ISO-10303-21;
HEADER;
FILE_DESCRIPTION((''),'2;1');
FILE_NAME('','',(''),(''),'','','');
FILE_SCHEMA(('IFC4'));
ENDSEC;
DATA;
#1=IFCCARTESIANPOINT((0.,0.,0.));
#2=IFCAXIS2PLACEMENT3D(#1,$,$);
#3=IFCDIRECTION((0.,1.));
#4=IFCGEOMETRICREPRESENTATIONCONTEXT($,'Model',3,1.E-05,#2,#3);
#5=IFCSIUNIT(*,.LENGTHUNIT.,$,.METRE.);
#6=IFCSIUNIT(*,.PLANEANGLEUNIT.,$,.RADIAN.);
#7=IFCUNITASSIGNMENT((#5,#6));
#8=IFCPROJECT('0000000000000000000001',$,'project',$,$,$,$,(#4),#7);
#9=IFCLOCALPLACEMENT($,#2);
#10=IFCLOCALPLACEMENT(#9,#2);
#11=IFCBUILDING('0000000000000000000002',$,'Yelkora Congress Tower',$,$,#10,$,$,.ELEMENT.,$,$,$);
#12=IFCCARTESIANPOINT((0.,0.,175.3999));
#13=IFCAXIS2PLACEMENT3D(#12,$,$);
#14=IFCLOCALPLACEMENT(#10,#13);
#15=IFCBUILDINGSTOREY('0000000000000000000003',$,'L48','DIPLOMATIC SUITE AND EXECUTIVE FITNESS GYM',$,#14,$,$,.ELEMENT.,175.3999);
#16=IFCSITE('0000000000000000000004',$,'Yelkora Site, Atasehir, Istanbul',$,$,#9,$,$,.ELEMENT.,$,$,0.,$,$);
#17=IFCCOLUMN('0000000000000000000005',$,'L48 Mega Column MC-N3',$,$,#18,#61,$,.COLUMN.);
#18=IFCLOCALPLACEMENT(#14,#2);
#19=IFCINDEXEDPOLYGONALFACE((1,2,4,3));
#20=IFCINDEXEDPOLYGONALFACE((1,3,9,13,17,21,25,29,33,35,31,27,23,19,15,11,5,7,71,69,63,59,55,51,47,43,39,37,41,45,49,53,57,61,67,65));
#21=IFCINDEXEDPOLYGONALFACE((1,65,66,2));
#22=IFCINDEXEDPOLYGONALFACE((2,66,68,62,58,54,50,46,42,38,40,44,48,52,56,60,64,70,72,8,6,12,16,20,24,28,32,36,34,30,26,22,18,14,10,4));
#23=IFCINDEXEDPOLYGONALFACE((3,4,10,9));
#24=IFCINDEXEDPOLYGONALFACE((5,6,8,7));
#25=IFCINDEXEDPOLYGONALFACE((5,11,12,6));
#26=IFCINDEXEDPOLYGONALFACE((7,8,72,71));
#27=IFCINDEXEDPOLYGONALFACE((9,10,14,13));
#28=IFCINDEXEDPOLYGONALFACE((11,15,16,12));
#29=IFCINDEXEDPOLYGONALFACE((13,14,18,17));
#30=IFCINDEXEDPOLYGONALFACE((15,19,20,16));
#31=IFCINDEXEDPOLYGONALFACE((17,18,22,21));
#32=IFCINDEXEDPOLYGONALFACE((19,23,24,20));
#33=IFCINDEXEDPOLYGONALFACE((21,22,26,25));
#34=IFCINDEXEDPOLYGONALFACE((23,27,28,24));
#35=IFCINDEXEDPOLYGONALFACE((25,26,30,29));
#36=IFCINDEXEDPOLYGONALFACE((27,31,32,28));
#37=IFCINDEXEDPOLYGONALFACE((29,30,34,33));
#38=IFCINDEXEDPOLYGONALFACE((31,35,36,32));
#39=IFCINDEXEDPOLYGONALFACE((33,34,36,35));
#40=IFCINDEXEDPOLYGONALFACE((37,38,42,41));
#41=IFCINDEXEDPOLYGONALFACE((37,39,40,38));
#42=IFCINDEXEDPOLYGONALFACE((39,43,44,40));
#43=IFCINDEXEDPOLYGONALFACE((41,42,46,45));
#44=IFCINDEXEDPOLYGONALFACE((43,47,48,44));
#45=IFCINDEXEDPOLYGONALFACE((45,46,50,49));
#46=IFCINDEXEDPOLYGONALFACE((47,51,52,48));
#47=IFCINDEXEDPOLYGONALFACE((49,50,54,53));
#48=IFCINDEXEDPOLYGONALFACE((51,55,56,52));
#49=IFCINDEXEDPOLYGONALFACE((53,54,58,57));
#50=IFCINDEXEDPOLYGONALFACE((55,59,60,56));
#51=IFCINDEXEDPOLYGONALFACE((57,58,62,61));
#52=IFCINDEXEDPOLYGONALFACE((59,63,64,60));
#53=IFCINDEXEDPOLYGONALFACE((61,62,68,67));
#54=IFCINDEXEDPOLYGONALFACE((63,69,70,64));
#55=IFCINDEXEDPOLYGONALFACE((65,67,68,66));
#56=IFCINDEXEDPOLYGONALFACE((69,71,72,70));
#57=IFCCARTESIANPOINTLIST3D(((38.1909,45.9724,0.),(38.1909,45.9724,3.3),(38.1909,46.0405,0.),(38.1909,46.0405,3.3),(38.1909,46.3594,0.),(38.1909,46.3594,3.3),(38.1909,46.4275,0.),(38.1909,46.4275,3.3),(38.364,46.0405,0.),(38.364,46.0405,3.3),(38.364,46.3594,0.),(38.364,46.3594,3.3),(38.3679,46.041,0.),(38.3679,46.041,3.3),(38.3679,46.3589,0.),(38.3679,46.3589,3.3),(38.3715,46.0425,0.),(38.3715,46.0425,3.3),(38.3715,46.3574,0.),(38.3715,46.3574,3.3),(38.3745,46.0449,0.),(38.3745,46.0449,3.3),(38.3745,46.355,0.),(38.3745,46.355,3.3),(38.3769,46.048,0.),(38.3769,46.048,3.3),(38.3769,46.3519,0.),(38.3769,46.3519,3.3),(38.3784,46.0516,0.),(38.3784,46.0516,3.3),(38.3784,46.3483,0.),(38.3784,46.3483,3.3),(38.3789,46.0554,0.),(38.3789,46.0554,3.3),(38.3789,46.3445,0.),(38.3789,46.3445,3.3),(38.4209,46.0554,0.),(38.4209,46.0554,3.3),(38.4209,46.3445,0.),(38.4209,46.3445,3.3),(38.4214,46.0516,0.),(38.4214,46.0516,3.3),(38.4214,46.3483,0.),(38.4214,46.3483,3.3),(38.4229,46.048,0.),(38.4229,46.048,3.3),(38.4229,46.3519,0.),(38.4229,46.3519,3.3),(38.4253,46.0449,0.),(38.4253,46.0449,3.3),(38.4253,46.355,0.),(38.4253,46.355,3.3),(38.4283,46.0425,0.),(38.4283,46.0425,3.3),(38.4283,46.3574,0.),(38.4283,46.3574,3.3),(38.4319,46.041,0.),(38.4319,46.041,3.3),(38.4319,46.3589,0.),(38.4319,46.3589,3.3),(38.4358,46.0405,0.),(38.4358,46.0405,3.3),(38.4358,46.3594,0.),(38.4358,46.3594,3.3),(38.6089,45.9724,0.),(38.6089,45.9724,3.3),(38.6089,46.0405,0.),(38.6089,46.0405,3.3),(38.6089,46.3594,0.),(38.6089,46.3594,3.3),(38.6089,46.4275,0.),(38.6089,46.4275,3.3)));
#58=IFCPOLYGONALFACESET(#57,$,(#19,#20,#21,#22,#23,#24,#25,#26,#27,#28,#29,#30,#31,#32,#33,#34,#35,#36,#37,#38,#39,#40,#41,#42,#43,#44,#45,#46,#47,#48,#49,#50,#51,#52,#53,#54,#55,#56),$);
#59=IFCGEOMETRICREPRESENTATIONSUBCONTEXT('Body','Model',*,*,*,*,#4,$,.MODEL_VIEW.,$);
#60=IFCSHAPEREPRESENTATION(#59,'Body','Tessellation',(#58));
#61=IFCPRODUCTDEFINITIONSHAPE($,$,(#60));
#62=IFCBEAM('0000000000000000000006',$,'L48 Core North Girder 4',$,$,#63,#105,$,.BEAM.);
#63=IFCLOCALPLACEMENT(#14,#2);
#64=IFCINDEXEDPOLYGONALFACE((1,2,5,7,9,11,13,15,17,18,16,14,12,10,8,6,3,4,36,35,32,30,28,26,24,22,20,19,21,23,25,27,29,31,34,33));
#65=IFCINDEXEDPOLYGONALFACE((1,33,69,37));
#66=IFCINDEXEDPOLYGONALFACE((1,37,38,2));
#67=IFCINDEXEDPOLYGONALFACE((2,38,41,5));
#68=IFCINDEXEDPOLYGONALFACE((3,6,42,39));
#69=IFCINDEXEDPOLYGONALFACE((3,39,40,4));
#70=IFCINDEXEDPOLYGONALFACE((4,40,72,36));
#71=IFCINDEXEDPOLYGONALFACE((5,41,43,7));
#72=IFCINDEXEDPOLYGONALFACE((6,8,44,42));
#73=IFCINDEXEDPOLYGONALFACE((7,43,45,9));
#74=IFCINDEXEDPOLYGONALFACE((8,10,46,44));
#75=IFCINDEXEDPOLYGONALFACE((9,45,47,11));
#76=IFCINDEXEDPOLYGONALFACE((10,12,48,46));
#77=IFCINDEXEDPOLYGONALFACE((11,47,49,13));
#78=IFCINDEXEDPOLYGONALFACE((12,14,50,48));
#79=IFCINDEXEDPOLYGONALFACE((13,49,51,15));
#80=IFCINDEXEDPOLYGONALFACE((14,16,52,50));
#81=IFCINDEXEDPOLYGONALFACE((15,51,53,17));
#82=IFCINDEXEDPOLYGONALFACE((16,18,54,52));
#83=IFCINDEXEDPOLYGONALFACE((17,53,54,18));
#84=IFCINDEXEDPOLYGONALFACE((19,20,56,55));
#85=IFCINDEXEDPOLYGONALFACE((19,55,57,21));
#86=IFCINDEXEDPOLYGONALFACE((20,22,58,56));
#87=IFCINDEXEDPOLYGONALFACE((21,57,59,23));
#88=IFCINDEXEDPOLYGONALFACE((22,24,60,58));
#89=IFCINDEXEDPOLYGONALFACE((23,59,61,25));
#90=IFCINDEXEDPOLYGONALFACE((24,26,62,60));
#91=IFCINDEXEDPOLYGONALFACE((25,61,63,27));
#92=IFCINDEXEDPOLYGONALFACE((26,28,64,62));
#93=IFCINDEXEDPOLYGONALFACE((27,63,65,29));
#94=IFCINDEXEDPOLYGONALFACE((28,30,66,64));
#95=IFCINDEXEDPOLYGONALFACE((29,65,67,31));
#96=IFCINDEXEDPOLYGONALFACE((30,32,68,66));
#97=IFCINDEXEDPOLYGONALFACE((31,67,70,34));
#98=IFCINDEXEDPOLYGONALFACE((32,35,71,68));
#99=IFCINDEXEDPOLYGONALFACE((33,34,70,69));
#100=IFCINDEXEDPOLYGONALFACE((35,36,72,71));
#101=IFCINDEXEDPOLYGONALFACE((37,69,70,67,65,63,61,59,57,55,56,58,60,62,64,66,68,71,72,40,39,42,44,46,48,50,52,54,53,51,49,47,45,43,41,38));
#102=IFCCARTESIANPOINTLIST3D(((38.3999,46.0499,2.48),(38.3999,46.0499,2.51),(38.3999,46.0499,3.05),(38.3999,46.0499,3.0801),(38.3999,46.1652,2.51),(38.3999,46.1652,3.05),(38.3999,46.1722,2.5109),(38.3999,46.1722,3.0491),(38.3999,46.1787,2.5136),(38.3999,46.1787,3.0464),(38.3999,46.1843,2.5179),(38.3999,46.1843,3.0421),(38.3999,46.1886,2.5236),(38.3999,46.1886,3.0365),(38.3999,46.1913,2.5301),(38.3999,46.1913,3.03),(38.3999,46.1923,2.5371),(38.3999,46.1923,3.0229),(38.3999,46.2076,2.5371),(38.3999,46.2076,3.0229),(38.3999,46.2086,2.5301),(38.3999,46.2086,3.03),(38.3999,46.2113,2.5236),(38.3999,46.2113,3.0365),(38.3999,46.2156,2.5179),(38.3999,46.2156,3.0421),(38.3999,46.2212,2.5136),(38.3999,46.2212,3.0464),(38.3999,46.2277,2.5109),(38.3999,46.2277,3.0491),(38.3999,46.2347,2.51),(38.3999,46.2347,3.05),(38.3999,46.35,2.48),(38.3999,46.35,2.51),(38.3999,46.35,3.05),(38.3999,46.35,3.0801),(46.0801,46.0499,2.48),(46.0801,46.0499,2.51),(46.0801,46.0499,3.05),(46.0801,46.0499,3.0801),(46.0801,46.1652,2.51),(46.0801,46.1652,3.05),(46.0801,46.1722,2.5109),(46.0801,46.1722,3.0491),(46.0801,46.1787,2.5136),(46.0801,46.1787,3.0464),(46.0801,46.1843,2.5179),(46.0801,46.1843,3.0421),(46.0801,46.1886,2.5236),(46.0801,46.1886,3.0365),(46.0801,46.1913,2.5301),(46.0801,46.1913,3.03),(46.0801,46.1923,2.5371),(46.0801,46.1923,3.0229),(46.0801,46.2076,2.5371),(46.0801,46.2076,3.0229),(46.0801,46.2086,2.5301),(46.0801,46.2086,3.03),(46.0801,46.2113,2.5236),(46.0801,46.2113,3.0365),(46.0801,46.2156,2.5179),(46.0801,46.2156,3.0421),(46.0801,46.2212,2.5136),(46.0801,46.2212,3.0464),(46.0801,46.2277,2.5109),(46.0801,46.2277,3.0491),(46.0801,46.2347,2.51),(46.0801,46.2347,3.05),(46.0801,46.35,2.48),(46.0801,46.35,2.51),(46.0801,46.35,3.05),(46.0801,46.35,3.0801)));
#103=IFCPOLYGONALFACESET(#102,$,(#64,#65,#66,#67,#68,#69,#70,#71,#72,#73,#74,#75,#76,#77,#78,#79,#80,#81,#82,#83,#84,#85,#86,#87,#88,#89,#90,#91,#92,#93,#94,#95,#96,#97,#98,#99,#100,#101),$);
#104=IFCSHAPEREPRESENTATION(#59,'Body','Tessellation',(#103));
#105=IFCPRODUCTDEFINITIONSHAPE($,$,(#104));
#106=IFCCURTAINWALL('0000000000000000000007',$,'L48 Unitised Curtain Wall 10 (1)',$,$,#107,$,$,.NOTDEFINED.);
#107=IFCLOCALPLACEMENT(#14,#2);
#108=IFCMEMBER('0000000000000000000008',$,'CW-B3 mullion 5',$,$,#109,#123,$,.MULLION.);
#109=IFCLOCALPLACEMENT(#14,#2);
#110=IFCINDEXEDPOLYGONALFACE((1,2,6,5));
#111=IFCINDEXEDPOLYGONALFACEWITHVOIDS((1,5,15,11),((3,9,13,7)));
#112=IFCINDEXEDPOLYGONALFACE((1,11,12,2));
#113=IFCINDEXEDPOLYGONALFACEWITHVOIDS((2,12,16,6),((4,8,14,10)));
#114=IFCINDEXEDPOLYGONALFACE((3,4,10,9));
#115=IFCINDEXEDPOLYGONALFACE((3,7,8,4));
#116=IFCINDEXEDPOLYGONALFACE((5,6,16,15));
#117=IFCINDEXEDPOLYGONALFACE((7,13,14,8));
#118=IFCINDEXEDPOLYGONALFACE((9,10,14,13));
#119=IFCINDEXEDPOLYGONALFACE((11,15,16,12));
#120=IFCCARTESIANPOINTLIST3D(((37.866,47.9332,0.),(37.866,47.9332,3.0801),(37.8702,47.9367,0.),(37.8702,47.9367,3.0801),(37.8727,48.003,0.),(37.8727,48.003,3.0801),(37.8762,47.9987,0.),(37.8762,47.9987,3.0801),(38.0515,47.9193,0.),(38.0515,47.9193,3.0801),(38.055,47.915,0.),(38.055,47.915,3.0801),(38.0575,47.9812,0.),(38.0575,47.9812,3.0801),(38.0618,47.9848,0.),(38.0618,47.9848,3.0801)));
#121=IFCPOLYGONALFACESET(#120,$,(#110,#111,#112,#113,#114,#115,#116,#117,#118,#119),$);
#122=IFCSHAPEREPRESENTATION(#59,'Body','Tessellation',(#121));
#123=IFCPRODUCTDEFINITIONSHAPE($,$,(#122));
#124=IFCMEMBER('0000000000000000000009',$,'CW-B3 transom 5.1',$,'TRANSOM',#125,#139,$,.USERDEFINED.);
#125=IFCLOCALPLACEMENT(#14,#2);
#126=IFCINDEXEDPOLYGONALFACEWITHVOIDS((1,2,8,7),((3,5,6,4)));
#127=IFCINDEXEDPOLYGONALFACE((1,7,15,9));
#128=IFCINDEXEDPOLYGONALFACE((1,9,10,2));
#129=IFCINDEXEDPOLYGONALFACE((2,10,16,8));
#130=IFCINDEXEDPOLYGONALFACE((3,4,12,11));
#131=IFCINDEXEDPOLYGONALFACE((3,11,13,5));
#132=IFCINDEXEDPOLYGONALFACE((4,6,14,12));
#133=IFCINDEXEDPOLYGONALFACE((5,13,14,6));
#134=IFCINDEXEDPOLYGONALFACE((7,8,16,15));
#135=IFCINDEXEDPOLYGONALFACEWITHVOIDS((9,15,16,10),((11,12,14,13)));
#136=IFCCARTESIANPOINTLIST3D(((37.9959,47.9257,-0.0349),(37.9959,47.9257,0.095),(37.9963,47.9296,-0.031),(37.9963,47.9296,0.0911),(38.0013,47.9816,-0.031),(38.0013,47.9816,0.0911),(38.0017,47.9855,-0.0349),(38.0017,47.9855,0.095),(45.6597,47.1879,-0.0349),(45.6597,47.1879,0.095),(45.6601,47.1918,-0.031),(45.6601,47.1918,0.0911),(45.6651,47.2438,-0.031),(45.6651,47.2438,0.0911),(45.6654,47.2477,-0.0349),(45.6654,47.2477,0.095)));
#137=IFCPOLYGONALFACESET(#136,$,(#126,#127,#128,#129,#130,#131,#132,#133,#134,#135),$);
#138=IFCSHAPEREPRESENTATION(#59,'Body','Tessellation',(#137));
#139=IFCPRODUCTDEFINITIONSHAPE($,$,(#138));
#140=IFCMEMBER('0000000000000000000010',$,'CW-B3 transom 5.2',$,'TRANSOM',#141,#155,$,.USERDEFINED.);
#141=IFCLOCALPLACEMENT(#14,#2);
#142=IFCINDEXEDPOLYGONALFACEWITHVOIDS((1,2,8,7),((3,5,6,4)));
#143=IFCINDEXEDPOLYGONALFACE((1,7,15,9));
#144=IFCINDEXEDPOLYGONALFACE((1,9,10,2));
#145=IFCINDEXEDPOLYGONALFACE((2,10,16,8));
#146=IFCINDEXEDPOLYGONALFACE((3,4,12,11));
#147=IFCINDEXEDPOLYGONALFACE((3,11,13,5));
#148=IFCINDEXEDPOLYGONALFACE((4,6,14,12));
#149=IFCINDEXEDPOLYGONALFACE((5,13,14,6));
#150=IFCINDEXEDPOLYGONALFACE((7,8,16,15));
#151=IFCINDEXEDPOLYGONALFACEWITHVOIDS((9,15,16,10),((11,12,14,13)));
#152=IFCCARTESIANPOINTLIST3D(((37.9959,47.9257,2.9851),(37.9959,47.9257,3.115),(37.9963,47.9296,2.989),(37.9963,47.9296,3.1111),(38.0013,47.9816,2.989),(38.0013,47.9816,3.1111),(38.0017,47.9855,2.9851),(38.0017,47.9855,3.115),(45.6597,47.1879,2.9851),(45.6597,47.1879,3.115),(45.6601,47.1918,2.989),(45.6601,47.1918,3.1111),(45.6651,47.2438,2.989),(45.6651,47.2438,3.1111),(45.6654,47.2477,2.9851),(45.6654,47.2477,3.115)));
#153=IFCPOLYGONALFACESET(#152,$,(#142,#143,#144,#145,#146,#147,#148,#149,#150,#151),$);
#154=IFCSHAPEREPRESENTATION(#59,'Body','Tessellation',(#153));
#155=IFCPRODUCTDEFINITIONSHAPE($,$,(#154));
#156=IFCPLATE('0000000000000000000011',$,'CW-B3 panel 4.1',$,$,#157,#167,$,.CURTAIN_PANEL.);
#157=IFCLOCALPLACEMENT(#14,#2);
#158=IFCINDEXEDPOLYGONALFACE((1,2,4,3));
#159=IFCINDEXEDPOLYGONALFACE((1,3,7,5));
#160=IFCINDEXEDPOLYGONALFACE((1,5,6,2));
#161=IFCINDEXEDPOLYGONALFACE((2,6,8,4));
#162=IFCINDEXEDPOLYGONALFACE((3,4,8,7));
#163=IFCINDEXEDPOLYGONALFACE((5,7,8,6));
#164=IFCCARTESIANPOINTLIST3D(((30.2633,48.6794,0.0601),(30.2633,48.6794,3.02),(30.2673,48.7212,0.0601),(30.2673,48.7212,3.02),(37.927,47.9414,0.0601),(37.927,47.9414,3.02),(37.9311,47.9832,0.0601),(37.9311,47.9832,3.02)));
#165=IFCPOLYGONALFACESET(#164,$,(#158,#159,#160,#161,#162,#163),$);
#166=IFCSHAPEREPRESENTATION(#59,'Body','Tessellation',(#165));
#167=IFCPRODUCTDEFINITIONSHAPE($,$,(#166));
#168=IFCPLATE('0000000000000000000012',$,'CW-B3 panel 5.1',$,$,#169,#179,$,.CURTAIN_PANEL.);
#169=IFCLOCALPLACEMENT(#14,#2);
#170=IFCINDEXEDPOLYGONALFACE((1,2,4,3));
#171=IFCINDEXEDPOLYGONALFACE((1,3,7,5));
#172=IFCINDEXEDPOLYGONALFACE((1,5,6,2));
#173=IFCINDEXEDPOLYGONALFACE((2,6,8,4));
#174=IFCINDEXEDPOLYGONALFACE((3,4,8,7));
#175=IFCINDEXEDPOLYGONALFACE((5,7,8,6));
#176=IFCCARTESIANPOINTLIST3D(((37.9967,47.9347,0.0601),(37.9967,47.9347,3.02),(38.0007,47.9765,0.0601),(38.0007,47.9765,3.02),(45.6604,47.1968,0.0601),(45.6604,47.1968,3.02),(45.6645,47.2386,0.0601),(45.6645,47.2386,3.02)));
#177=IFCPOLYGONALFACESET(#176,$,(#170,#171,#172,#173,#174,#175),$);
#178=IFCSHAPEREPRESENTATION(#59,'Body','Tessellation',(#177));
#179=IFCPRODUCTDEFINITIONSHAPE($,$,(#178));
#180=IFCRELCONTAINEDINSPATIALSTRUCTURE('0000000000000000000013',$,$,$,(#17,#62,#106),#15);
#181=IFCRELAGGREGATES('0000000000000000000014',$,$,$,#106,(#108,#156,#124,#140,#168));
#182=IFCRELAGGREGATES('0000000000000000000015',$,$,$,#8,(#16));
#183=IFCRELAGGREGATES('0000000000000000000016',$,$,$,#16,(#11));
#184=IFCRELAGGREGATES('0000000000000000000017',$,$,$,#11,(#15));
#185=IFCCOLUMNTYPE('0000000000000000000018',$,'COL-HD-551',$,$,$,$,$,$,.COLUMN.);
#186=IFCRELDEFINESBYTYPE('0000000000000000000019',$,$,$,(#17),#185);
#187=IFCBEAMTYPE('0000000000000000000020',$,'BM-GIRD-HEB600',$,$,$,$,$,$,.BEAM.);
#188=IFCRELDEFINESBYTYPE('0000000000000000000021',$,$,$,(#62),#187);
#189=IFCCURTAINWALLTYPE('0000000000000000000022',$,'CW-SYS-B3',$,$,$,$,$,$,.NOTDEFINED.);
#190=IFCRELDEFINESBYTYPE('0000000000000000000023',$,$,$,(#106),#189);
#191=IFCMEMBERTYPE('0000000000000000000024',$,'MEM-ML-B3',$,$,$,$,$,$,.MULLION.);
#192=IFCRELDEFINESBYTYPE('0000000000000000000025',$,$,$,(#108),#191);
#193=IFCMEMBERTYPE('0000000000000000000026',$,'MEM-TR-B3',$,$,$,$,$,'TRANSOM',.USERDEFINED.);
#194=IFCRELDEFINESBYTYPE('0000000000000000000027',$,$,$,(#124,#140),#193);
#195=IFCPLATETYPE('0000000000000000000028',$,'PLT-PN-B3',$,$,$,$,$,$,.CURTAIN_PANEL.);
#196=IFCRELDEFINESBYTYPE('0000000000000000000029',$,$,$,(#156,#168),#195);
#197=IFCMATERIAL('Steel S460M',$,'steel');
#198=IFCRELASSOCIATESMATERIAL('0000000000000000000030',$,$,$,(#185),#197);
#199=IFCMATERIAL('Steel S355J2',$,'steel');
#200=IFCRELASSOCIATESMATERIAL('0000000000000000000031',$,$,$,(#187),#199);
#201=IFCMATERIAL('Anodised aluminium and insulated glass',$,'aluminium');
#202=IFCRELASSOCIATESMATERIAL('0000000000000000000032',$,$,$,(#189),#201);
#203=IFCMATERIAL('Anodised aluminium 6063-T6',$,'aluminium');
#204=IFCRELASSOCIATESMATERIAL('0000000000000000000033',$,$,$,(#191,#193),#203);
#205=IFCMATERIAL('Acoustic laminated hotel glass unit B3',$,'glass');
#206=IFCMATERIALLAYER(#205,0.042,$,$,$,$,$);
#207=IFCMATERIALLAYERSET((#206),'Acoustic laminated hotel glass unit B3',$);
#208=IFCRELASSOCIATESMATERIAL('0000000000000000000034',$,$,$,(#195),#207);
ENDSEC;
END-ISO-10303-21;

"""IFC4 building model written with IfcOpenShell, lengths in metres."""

from ifc_helpers import new_model, si_unit, direction, frame, origin, origin_2d, place, context, subcontext, project, spatial, rectangle, hollow_rectangle, i_section, extrude, material, layer, layer_set, material_profile, profile_set, type_object, element, aggregate, save


model = new_model("IFC4")

# Units and contexts
model_context = context("Model", 3, precision=1e-05, world=origin(), true_north=direction((0.0, 1.0)))
body_context = subcontext(model_context, "Body", "Model", "MODEL_VIEW")
ifc_project = project(units=[si_unit("LENGTHUNIT", "METRE"), si_unit("PLANEANGLEUNIT", "RADIAN")], contexts=[model_context])

# Site, building, storey
site_placement = place(None, origin())
site = spatial("IfcSite", under=ifc_project, at=site_placement, Name="Yelkora Site, Atasehir, Istanbul", CompositionType="ELEMENT", RefElevation=0.0)
building_placement = place(site_placement, origin())
building = spatial("IfcBuilding", under=site, at=building_placement, Name="Yelkora Congress Tower", CompositionType="ELEMENT")
storey_placement = place(building_placement, frame((0.0, 0.0, 175.3999)))
storey = spatial("IfcBuildingStorey", under=building, at=storey_placement, Name="L48", Description="DIPLOMATIC SUITE AND EXECUTIVE FITNESS GYM", CompositionType="ELEMENT", Elevation=175.3999)

# Column
ifc_material_1 = material(Name="Steel S460M", Category="steel")
ifc_material_profile_1 = material_profile(ifc_material_1, i_section(OverallWidth=0.418, OverallDepth=0.4551, WebThickness=0.042, FlangeThickness=0.0681, FilletRadius=0.0149, at=origin_2d()), Name="HD 400x551")
ifc_profile_set_1 = profile_set([ifc_material_profile_1], Name="Steel S460M")
column_type = type_object("IfcColumnType", Name="COL-HD-551", PredefinedType="COLUMN", material=ifc_profile_set_1)
column_placement = place(storey_placement, frame((38.3999, 46.2, 0.0), z_axis=(0.0, 0.0, 1.0), x_axis=(1.0, 0.0, 0.0)))
element("IfcColumn", 1, at=column_placement, inside=storey, type_object=column_type, Name="L48 Mega Column MC-N3", PredefinedType="COLUMN", context=body_context, shape_type="SweptSolid", body=[
    extrude(i_section(OverallWidth=0.418, OverallDepth=0.4551, WebThickness=0.042, FlangeThickness=0.0681, FilletRadius=0.0149, at=origin_2d()), origin(), (0.0, 0.0, 1.0), 3.3),
])

# Beam
ifc_material_2 = material(Name="Steel S355J2", Category="steel")
ifc_material_profile_2 = material_profile(ifc_material_2, i_section(OverallWidth=0.3, OverallDepth=0.6001, WebThickness=0.0154, FlangeThickness=0.03, FilletRadius=0.0271, at=origin_2d()), Name="HEB 600")
ifc_profile_set_2 = profile_set([ifc_material_profile_2], Name="Steel S355J2")
beam_type = type_object("IfcBeamType", Name="BM-GIRD-HEB600", PredefinedType="BEAM", material=ifc_profile_set_2)
beam_placement = place(storey_placement, frame((38.3999, 46.2, 2.78), z_axis=(1.0, 0.0, 0.0), x_axis=(0.0, 1.0, 0.0)))
element("IfcBeam", 2, at=beam_placement, inside=storey, type_object=beam_type, Name="L48 Core North Girder 4", PredefinedType="BEAM", context=body_context, shape_type="SweptSolid", body=[
    extrude(i_section(OverallWidth=0.3, OverallDepth=0.6001, WebThickness=0.0154, FlangeThickness=0.03, FilletRadius=0.0271, at=origin_2d()), origin(), (0.0, 0.0, 1.0), 7.6802),
])

# Curtain wall, members, plates
ifc_material_3 = material(Name="Anodised aluminium and insulated glass", Category="aluminium")
curtain_wall_type = type_object("IfcCurtainWallType", Name="CW-SYS-B3", PredefinedType="NOTDEFINED", material=ifc_material_3)
curtain_wall_placement = place(storey_placement, origin())
curtain_wall = element("IfcCurtainWall", 3, at=curtain_wall_placement, inside=storey, type_object=curtain_wall_type, Name="L48 Unitised Curtain Wall 10 (1)", PredefinedType="NOTDEFINED")
ifc_material_4 = material(Name="Anodised aluminium 6063-T6", Category="aluminium")
ifc_material_profile_3 = material_profile(ifc_material_4, hollow_rectangle(XDim=0.0701, YDim=0.1899, WallThickness=0.0039, at=origin_2d()), Name="ALU 70x190x4")
ifc_profile_set_3 = profile_set([ifc_material_profile_3], Name="Anodised aluminium 6063-T6")
member_type_1 = type_object("IfcMemberType", Name="MEM-ML-B3", PredefinedType="MULLION", material=ifc_profile_set_3)
member_1_placement = place(storey_placement, frame((37.9639, 47.959, 0.0), z_axis=(0.0, 0.0, 1.0), x_axis=(0.095845, 0.995396, 0.0)))
member_1 = element("IfcMember", 4, at=member_1_placement, type_object=member_type_1, Name="CW-B3 mullion 5", PredefinedType="MULLION", context=body_context, shape_type="SweptSolid", body=[
    extrude(hollow_rectangle(XDim=0.0701, YDim=0.1899, WallThickness=0.0039, at=origin_2d()), origin(), (0.0, 0.0, 1.0), 3.0801),
])
ifc_material_profile_4 = material_profile(ifc_material_4, hollow_rectangle(XDim=0.0601, YDim=0.1299, WallThickness=0.0039, at=origin_2d()), Name="ALU 60x130x4")
ifc_profile_set_4 = profile_set([ifc_material_profile_4], Name="Anodised aluminium 6063-T6")
member_type_2 = type_object("IfcMemberType", Name="MEM-TR-B3", ElementType="TRANSOM", PredefinedType="USERDEFINED", material=ifc_profile_set_4)
member_2_placement = place(storey_placement, frame((37.9988, 47.9556, 0.03), z_axis=(0.995398, -0.095827, 0.0), x_axis=(0.095827, 0.995398, 0.0)))
member_2 = element("IfcMember", 5, at=member_2_placement, type_object=member_type_2, Name="CW-B3 transom 5.1", ObjectType="TRANSOM", PredefinedType="USERDEFINED", context=body_context, shape_type="SweptSolid", body=[
    extrude(hollow_rectangle(XDim=0.0601, YDim=0.1299, WallThickness=0.0039, at=origin_2d()), origin(), (0.0, 0.0, 1.0), 7.6992),
])
member_3_placement = place(storey_placement, frame((37.9988, 47.9556, 3.05), z_axis=(0.995398, -0.095827, 0.0), x_axis=(0.095827, 0.995398, 0.0)))
member_3 = element("IfcMember", 6, at=member_3_placement, type_object=member_type_2, Name="CW-B3 transom 5.2", ObjectType="TRANSOM", PredefinedType="USERDEFINED", context=body_context, shape_type="SweptSolid", body=[
    extrude(hollow_rectangle(XDim=0.0601, YDim=0.1299, WallThickness=0.0039, at=origin_2d()), origin(), (0.0, 0.0, 1.0), 7.6992),
])
ifc_material_5 = material(Name="Acoustic laminated hotel glass unit B3", Category="glass")
ifc_layer_1 = layer(ifc_material_5, 0.042)
ifc_layer_set_1 = layer_set([ifc_layer_1], Name="Acoustic laminated hotel glass unit B3")
plate_type = type_object("IfcPlateType", Name="PLT-PN-B3", PredefinedType="CURTAIN_PANEL", material=ifc_layer_set_1)
plate_1_placement = place(storey_placement, frame((34.0972, 48.3313, 0.0601), z_axis=(0.0, 0.0, 1.0), x_axis=(0.995396, -0.095845, 0.0)))
plate_1 = element("IfcPlate", 7, at=plate_1_placement, type_object=plate_type, Name="CW-B3 panel 4.1", PredefinedType="CURTAIN_PANEL", context=body_context, shape_type="SweptSolid", body=[
    extrude(rectangle(XDim=7.6992, YDim=0.042, at=origin_2d()), origin(), (0.0, 0.0, 1.0), 2.96),
])
plate_2_placement = place(storey_placement, frame((41.8306, 47.5867, 0.0601), z_axis=(0.0, 0.0, 1.0), x_axis=(0.995396, -0.095845, 0.0)))
plate_2 = element("IfcPlate", 8, at=plate_2_placement, type_object=plate_type, Name="CW-B3 panel 5.1", PredefinedType="CURTAIN_PANEL", context=body_context, shape_type="SweptSolid", body=[
    extrude(rectangle(XDim=7.6992, YDim=0.042, at=origin_2d()), origin(), (0.0, 0.0, 1.0), 2.96),
])
aggregate(curtain_wall, [member_1, plate_1, member_2, member_3, plate_2])

save(model, "model.ifc")
